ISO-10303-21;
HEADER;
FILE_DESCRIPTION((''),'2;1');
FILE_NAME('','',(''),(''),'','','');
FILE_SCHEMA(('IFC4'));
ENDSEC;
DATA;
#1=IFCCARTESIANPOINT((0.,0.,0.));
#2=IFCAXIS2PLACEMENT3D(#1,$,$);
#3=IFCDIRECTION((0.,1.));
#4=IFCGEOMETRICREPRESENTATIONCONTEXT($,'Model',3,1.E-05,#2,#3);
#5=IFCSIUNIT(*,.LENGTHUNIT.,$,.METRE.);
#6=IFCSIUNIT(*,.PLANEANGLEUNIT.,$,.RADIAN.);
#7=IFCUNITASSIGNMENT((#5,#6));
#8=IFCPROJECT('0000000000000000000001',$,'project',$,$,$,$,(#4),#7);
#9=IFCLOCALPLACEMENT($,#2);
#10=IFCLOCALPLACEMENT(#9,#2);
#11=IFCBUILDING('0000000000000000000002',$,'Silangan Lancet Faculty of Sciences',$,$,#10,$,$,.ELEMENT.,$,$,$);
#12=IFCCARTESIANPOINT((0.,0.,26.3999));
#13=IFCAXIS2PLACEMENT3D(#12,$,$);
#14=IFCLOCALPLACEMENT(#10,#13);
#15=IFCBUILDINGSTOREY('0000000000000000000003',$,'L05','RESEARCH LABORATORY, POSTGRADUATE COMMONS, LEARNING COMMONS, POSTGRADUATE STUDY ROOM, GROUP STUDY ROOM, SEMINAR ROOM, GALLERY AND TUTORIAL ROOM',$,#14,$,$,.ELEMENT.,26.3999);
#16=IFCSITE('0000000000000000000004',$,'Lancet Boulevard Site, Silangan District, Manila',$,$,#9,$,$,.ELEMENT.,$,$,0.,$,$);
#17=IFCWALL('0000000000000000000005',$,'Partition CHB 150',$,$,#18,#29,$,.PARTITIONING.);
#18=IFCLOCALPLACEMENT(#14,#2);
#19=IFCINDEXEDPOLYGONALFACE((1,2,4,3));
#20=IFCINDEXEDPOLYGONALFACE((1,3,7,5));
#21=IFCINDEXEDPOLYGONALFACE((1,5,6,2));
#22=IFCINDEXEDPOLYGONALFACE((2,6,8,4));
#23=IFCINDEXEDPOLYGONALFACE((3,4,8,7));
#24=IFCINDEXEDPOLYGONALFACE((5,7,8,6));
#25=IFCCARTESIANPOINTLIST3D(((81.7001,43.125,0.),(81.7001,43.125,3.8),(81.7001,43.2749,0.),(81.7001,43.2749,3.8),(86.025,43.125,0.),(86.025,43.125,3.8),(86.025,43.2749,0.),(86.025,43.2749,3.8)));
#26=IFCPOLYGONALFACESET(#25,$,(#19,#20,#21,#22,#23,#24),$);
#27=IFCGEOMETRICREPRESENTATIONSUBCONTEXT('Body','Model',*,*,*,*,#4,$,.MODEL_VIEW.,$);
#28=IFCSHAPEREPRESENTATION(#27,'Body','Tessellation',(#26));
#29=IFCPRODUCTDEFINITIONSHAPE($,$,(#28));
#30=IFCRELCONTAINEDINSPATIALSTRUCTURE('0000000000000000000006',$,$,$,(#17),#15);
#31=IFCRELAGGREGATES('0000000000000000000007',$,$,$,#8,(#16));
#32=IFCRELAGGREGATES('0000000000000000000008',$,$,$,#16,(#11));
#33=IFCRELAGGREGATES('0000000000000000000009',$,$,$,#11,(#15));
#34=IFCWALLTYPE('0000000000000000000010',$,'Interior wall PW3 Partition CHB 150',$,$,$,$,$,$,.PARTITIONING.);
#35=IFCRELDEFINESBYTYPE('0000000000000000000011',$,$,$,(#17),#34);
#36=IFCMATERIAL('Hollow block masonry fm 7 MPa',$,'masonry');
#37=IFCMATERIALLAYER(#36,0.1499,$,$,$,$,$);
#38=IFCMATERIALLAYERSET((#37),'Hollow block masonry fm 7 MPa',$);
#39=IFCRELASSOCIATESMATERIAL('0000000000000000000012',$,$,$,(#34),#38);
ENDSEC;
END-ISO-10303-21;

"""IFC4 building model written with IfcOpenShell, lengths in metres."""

from ifc_helpers import new_model, si_unit, direction, frame, frame_2d, origin, place, context, subcontext, project, spatial, rectangle, extrude, material, layer, layer_set, type_object, element, save


model = new_model("IFC4")

# Units and contexts
model_context = context("Model", 3, precision=1e-05, world=origin(), true_north=direction((0.0, 1.0)))
body_context = subcontext(model_context, "Body", "Model", "MODEL_VIEW")
ifc_project = project(units=[si_unit("LENGTHUNIT", "METRE"), si_unit("PLANEANGLEUNIT", "RADIAN")], contexts=[model_context])

# Site, building, storey
site_placement = place(None, origin())
site = spatial("IfcSite", under=ifc_project, at=site_placement, Name="Lancet Boulevard Site, Silangan District, Manila", CompositionType="ELEMENT", RefElevation=0.0)
building_placement = place(site_placement, origin())
building = spatial("IfcBuilding", under=site, at=building_placement, Name="Silangan Lancet Faculty of Sciences", CompositionType="ELEMENT")
storey_placement = place(building_placement, frame((0.0, 0.0, 26.3999)))
storey = spatial("IfcBuildingStorey", under=building, at=storey_placement, Name="L05", Description="RESEARCH LABORATORY, POSTGRADUATE COMMONS, LEARNING COMMONS, POSTGRADUATE STUDY ROOM, GROUP STUDY ROOM, SEMINAR ROOM, GALLERY AND TUTORIAL ROOM", CompositionType="ELEMENT", Elevation=26.3999)

# Wall
ifc_material_1 = material(Name="Hollow block masonry fm 7 MPa", Category="masonry")
ifc_layer_1 = layer(ifc_material_1, 0.1499)
ifc_layer_set_1 = layer_set([ifc_layer_1], Name="Hollow block masonry fm 7 MPa")
wall_type_1 = type_object("IfcWallType", Name="Interior wall PW3 Partition CHB 150", PredefinedType="PARTITIONING", material=ifc_layer_set_1)
wall_1_placement = place(storey_placement, frame((81.7, 43.2, 0.0), z_axis=(0.0, 0.0, 1.0), x_axis=(1.0, 0.0, 0.0)))
element("IfcWall", 1, at=wall_1_placement, inside=storey, type_object=wall_type_1, Name="Partition CHB 150", PredefinedType="PARTITIONING", context=body_context, shape_type="SweptSolid", body=[
    extrude(rectangle(XDim=4.325, YDim=0.1499, at=frame_2d((2.1626, 0.0))), origin(), (0.0, 0.0, 1.0), 3.8),
])

save(model, "model.ifc")
